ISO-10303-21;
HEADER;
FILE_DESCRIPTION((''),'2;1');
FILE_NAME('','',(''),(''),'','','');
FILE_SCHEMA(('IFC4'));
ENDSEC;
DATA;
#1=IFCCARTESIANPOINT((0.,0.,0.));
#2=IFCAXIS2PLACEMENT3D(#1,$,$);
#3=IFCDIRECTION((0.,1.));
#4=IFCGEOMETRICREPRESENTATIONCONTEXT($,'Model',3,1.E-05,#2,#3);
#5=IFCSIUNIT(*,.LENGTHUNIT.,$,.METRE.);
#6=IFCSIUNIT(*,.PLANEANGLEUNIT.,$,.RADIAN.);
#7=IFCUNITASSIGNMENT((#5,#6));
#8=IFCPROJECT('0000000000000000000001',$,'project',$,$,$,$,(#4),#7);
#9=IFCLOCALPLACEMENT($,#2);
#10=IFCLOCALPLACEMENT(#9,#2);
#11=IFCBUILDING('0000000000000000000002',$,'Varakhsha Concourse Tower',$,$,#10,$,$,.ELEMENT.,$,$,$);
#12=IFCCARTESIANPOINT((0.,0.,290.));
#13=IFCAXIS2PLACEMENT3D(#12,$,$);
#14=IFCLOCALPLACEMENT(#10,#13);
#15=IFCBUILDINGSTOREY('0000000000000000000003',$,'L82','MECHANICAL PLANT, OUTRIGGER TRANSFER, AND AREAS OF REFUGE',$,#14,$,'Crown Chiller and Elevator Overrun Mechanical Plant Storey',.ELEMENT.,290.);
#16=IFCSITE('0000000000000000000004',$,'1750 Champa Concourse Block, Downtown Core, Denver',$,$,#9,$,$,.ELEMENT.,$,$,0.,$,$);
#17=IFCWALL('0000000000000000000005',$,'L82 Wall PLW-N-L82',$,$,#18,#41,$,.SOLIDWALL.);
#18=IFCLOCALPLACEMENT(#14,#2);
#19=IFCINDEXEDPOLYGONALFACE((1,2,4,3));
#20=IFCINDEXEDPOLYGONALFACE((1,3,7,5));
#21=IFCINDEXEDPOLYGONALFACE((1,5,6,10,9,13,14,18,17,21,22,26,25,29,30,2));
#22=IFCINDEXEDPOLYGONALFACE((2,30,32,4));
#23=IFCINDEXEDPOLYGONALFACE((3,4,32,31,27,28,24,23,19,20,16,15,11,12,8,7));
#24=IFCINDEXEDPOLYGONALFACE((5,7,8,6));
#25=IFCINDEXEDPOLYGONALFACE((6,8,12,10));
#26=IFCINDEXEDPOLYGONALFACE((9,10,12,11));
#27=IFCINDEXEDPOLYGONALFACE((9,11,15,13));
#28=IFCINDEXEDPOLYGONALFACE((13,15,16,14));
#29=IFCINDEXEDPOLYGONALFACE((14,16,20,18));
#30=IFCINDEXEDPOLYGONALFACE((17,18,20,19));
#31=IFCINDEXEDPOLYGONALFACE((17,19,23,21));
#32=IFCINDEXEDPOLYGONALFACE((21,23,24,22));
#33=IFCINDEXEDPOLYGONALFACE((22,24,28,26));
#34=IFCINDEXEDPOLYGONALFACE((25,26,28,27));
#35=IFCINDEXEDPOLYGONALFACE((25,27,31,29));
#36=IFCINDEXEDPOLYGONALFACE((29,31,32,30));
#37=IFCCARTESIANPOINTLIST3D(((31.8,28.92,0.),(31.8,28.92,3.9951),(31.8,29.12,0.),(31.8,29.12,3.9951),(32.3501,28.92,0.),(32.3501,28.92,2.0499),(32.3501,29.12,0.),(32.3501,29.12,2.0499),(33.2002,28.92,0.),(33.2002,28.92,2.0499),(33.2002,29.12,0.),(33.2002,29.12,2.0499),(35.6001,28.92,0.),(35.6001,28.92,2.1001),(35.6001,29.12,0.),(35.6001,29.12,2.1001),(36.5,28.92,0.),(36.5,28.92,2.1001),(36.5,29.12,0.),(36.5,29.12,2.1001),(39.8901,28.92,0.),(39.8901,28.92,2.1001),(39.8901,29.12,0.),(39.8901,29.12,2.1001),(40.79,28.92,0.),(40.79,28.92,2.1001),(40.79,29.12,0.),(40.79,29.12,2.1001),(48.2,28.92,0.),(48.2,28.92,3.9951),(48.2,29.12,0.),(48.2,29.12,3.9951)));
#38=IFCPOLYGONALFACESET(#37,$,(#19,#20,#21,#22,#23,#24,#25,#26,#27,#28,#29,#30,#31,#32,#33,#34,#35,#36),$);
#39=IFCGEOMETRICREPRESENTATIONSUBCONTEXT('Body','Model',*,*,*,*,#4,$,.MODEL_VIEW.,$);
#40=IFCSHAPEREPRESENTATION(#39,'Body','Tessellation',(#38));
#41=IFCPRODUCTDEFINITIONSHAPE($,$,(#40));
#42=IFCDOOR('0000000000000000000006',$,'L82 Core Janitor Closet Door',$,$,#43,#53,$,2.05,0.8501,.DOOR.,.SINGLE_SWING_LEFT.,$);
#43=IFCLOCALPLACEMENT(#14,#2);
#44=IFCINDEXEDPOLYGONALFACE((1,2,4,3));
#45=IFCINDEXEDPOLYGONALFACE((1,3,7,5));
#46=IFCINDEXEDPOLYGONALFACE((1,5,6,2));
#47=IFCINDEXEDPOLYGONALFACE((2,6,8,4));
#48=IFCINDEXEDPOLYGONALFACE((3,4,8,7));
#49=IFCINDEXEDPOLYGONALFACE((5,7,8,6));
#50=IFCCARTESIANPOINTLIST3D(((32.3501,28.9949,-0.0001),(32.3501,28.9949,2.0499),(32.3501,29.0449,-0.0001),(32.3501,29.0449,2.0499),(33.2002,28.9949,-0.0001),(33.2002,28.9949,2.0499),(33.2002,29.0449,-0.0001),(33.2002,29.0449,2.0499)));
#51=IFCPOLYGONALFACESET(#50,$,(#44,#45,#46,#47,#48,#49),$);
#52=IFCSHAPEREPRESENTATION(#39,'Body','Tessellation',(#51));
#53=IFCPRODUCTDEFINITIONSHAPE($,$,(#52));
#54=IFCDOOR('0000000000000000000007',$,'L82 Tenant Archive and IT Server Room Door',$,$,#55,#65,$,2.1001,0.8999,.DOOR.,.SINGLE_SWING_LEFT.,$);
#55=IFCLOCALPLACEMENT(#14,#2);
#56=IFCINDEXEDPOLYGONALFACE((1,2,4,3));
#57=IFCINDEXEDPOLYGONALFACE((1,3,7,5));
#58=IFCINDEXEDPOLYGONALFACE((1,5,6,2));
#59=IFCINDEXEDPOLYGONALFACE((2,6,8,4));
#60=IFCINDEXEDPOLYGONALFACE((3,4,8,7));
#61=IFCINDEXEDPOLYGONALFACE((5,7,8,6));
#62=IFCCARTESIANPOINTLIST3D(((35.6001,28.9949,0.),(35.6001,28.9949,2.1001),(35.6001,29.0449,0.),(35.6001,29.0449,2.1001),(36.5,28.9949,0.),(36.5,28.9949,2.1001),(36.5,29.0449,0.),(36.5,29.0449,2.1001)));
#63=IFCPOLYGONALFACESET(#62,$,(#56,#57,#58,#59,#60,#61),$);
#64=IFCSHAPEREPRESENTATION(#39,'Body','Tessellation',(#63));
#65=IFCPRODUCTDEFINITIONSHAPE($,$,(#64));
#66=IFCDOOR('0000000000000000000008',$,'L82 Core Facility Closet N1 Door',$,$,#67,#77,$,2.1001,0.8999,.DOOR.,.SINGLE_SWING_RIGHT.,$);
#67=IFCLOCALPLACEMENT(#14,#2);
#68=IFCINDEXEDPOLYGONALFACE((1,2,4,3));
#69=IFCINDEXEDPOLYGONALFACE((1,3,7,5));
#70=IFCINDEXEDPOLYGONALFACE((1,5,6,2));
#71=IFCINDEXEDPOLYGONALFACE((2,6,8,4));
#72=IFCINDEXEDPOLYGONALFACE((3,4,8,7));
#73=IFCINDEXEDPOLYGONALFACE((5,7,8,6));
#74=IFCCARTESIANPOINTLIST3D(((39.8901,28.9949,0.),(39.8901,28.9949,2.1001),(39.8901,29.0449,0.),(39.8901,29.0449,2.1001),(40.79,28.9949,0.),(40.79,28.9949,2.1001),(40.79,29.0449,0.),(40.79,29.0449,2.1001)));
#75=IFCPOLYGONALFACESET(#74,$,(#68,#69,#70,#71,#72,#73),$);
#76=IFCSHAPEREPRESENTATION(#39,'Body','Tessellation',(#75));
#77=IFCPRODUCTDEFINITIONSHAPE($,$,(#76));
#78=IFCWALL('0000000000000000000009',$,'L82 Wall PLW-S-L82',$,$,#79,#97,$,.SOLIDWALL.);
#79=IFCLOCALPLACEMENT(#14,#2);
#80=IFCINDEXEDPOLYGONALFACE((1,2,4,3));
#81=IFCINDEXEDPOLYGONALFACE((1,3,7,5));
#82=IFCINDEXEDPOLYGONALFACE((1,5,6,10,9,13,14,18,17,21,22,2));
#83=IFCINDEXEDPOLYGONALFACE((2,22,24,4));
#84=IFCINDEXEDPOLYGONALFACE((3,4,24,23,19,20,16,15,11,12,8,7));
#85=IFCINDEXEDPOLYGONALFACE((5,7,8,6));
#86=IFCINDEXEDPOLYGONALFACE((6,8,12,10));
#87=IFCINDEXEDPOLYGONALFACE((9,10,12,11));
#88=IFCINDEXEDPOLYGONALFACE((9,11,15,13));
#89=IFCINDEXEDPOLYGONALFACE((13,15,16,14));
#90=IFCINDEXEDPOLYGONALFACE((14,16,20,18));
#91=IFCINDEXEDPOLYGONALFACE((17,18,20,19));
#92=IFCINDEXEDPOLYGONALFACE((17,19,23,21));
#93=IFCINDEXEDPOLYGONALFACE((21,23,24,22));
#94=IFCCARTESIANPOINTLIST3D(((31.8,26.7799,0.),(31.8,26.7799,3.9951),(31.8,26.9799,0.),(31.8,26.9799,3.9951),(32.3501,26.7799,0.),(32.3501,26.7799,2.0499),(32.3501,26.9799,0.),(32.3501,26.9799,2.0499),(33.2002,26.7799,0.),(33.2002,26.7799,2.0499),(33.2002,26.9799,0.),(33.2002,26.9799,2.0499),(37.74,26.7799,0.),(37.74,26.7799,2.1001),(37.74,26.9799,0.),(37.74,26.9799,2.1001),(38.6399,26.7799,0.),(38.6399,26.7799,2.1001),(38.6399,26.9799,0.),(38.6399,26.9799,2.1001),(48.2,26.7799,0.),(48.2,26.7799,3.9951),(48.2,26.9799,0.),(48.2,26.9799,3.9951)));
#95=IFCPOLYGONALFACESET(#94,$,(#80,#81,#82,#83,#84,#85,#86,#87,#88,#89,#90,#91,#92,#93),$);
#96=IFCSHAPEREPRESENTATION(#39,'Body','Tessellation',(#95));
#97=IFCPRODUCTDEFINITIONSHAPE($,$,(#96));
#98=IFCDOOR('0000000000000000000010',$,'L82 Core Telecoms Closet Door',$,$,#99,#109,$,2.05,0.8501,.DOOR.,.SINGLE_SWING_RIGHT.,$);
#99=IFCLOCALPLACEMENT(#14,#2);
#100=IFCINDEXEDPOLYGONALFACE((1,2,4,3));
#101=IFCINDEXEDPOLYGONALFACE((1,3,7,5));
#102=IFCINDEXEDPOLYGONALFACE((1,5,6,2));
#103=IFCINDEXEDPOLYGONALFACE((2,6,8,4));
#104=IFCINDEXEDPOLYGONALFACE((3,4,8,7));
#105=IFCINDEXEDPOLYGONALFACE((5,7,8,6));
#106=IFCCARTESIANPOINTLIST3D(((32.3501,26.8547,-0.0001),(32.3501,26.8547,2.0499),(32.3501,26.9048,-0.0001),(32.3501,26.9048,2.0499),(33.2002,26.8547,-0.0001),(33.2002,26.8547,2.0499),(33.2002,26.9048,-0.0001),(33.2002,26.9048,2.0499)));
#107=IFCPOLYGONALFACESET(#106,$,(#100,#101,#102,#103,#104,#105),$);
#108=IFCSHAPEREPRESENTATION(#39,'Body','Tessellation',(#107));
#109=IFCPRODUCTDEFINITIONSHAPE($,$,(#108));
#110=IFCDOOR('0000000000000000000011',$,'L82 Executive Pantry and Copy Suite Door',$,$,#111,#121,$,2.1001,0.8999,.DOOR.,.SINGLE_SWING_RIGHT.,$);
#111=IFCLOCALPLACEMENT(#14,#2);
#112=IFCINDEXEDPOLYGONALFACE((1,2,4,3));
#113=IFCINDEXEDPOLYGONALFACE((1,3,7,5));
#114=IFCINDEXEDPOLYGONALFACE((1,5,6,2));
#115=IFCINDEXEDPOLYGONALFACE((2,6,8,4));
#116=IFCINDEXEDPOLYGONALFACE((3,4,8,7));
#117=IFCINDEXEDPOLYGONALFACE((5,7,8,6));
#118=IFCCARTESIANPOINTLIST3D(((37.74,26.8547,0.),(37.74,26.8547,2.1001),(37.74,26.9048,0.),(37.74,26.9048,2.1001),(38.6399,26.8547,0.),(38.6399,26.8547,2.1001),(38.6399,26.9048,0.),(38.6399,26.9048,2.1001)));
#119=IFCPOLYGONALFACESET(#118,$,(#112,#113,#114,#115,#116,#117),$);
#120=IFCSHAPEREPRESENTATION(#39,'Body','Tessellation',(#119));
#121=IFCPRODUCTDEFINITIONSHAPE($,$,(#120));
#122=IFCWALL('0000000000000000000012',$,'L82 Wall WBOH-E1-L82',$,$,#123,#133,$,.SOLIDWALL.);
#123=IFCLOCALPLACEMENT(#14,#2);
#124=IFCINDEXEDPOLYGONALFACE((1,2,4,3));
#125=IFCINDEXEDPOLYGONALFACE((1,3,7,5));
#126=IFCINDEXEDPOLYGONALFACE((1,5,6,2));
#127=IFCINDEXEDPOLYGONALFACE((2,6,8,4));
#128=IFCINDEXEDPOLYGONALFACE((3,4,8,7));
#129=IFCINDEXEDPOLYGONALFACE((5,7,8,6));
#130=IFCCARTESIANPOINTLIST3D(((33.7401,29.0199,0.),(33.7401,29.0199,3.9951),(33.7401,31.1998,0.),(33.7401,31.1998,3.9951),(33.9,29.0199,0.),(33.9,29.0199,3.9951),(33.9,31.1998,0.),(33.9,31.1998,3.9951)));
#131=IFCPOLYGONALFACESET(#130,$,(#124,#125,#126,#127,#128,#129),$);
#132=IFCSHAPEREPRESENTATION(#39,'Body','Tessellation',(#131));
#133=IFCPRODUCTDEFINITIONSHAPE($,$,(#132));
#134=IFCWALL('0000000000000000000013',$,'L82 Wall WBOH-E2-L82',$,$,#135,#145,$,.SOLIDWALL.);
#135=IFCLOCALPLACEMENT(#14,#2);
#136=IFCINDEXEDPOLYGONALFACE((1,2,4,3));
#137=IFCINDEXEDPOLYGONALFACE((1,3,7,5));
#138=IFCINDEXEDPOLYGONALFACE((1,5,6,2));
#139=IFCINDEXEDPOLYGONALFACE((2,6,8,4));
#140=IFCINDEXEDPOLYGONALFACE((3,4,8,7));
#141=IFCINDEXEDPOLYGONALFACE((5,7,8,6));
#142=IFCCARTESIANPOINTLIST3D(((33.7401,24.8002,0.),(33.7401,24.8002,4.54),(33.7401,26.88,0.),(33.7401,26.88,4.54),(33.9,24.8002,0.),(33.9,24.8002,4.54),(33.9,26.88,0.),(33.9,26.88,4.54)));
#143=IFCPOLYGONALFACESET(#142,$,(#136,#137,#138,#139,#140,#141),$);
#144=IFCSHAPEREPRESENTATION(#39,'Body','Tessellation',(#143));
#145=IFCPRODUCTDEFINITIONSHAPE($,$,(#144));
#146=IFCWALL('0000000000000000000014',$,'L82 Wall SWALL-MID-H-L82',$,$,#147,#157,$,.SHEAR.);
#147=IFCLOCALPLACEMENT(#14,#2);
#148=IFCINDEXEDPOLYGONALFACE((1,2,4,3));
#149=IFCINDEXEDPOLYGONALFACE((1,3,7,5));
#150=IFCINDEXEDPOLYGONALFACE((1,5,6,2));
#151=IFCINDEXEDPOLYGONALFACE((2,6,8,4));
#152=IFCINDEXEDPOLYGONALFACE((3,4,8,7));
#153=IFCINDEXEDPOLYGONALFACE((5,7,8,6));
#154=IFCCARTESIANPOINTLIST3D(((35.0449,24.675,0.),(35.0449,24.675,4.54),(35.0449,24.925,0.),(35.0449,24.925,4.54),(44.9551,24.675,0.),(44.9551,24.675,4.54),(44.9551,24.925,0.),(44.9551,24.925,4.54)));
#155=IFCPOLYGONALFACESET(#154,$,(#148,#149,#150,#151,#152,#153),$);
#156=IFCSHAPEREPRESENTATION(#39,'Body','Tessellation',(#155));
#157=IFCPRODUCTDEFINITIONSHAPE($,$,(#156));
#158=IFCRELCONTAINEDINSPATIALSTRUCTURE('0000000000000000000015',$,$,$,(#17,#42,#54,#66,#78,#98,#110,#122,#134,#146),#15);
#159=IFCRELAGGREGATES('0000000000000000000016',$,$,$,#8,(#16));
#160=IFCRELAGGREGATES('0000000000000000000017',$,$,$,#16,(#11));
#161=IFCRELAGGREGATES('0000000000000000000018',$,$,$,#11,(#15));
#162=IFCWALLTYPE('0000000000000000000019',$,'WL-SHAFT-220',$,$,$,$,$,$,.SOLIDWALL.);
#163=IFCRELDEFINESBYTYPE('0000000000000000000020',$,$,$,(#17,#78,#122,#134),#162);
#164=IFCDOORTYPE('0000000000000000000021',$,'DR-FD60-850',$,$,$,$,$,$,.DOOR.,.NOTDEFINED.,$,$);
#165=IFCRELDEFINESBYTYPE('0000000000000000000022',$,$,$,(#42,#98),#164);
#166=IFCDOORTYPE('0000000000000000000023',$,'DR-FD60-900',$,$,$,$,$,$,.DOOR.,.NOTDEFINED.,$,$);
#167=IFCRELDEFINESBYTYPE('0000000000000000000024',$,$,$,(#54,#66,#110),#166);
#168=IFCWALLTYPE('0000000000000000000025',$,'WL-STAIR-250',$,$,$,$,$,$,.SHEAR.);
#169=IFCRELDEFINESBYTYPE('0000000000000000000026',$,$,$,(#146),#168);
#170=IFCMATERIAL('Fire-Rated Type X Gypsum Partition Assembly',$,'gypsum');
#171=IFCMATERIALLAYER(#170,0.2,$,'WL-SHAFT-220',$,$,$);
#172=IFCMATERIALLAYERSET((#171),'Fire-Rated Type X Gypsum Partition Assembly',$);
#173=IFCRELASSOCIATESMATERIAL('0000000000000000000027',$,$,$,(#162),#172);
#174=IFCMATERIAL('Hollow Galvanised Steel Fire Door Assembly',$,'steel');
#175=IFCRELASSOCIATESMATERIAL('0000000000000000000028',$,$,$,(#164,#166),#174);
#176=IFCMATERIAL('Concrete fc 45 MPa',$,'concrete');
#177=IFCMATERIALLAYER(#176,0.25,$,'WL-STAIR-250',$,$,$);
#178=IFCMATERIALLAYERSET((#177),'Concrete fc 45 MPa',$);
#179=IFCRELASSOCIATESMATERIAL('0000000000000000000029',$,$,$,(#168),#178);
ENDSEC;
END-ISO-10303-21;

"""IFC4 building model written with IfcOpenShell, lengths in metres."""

from ifc_helpers import new_model, si_unit, direction, frame, frame_2d, origin, place, context, subcontext, project, spatial, rectangle, extrude, material, layer, layer_set, type_object, element, fill, save


model = new_model("IFC4")

# Units and contexts
model_context = context("Model", 3, precision=1e-05, world=origin(), true_north=direction((0.0, 1.0)))
body_context = subcontext(model_context, "Body", "Model", "MODEL_VIEW")
ifc_project = project(units=[si_unit("LENGTHUNIT", "METRE"), si_unit("PLANEANGLEUNIT", "RADIAN")], contexts=[model_context])

# Site, building, storey
site_placement = place(None, origin())
site = spatial("IfcSite", under=ifc_project, at=site_placement, Name="1750 Champa Concourse Block, Downtown Core, Denver", CompositionType="ELEMENT", RefElevation=0.0)
building_placement = place(site_placement, origin())
building = spatial("IfcBuilding", under=site, at=building_placement, Name="Varakhsha Concourse Tower", CompositionType="ELEMENT")
storey_placement = place(building_placement, frame((0.0, 0.0, 290.0)))
storey = spatial("IfcBuildingStorey", under=building, at=storey_placement, Name="L82", Description="MECHANICAL PLANT, OUTRIGGER TRANSFER, AND AREAS OF REFUGE", LongName="Crown Chiller and Elevator Overrun Mechanical Plant Storey", CompositionType="ELEMENT", Elevation=290.0)

# Shared definitions
ifc_material_1 = material(Name="Fire-Rated Type X Gypsum Partition Assembly", Category="gypsum")

# Shared definitions
ifc_layer_1 = layer(ifc_material_1, 0.2, Name="WL-SHAFT-220")
ifc_layer_set_1 = layer_set([ifc_layer_1], Name="Fire-Rated Type X Gypsum Partition Assembly")
wall_type_1 = type_object("IfcWallType", Name="WL-SHAFT-220", PredefinedType="SOLIDWALL", material=ifc_layer_set_1)

# Walls, openings, doors
wall_1_placement = place(storey_placement, frame((31.8, 29.02, 0.0), z_axis=(0.0, 0.0, 1.0), x_axis=(1.0, 0.0, 0.0)))
wall_1 = element("IfcWall", 1, at=wall_1_placement, inside=storey, type_object=wall_type_1, Name="L82 Wall PLW-N-L82", PredefinedType="SOLIDWALL", context=body_context, shape_type="SweptSolid", body=[
    extrude(rectangle(XDim=16.3999, YDim=0.2, at=frame_2d((8.2, 0.0))), origin(), (0.0, 0.0, 1.0), 3.9951),
])
opening_1_placement = place(wall_1_placement, frame((0.55, 0.0, 0.0)))
opening_1 = element("IfcOpeningElement", 2, at=opening_1_placement, cuts=wall_1, PredefinedType="OPENING", context=body_context, shape_type="SweptSolid", body=[
    extrude(rectangle(XDim=0.8501, YDim=2.05, at=frame_2d((0.425, 1.0249))), frame((0.0, 0.1099, 0.0), z_axis=(0.0, -1.0, 0.0), x_axis=(1.0, 0.0, 0.0)), (0.0, 0.0, 1.0), 0.22),
])
opening_2_placement = place(wall_1_placement, frame((3.8, 0.0, 0.0)))
opening_2 = element("IfcOpeningElement", 3, at=opening_2_placement, cuts=wall_1, PredefinedType="OPENING", context=body_context, shape_type="SweptSolid", body=[
    extrude(rectangle(XDim=0.8999, YDim=2.1001, at=frame_2d((0.45, 1.05))), frame((0.0, 0.1099, 0.0), z_axis=(0.0, -1.0, 0.0), x_axis=(1.0, 0.0, 0.0)), (0.0, 0.0, 1.0), 0.22),
])
opening_3_placement = place(wall_1_placement, frame((8.0901, 0.0, 0.0)))
opening_3 = element("IfcOpeningElement", 4, at=opening_3_placement, cuts=wall_1, PredefinedType="OPENING", context=body_context, shape_type="SweptSolid", body=[
    extrude(rectangle(XDim=0.8999, YDim=2.1001, at=frame_2d((0.45, 1.05))), frame((0.0, 0.1099, 0.0), z_axis=(0.0, -1.0, 0.0), x_axis=(1.0, 0.0, 0.0)), (0.0, 0.0, 1.0), 0.22),
])
ifc_material_2 = material(Name="Hollow Galvanised Steel Fire Door Assembly", Category="steel")
door_type_1 = type_object("IfcDoorType", Name="DR-FD60-850", OperationType="NOTDEFINED", PredefinedType="DOOR", material=ifc_material_2)
door_1_placement = place(opening_1_placement, origin())
door_1 = element("IfcDoor", 5, at=door_1_placement, inside=storey, type_object=door_type_1, Name="L82 Core Janitor Closet Door", OperationType="SINGLE_SWING_LEFT", OverallHeight=2.05, OverallWidth=0.8501, PredefinedType="DOOR", context=body_context, shape_type="SweptSolid", body=[
    extrude(rectangle(XDim=0.8501, YDim=2.05, at=frame_2d((0.425, 1.0249))), frame((0.0, 0.0249, 0.0), z_axis=(0.0, -1.0, 0.0), x_axis=(1.0, 0.0, 0.0)), (0.0, 0.0, 1.0), 0.05),
])
fill(opening_1, door_1)
door_type_2 = type_object("IfcDoorType", Name="DR-FD60-900", OperationType="NOTDEFINED", PredefinedType="DOOR", material=ifc_material_2)
door_2_placement = place(opening_2_placement, origin())
door_2 = element("IfcDoor", 6, at=door_2_placement, inside=storey, type_object=door_type_2, Name="L82 Tenant Archive and IT Server Room Door", OperationType="SINGLE_SWING_LEFT", OverallHeight=2.1001, OverallWidth=0.8999, PredefinedType="DOOR", context=body_context, shape_type="SweptSolid", body=[
    extrude(rectangle(XDim=0.8999, YDim=2.1001, at=frame_2d((0.45, 1.05))), frame((0.0, 0.0249, 0.0), z_axis=(0.0, -1.0, 0.0), x_axis=(1.0, 0.0, 0.0)), (0.0, 0.0, 1.0), 0.05),
])
fill(opening_2, door_2)
door_3_placement = place(opening_3_placement, origin())
door_3 = element("IfcDoor", 7, at=door_3_placement, inside=storey, type_object=door_type_2, Name="L82 Core Facility Closet N1 Door", OperationType="SINGLE_SWING_RIGHT", OverallHeight=2.1001, OverallWidth=0.8999, PredefinedType="DOOR", context=body_context, shape_type="SweptSolid", body=[
    extrude(rectangle(XDim=0.8999, YDim=2.1001, at=frame_2d((0.45, 1.05))), frame((0.0, 0.0249, 0.0), z_axis=(0.0, -1.0, 0.0), x_axis=(1.0, 0.0, 0.0)), (0.0, 0.0, 1.0), 0.05),
])
fill(opening_3, door_3)
wall_2_placement = place(storey_placement, frame((31.8, 26.8799, 0.0), z_axis=(0.0, 0.0, 1.0), x_axis=(1.0, 0.0, 0.0)))
wall_2 = element("IfcWall", 8, at=wall_2_placement, inside=storey, type_object=wall_type_1, Name="L82 Wall PLW-S-L82", PredefinedType="SOLIDWALL", context=body_context, shape_type="SweptSolid", body=[
    extrude(rectangle(XDim=16.3999, YDim=0.2, at=frame_2d((8.2, 0.0))), origin(), (0.0, 0.0, 1.0), 3.9951),
])
opening_4_placement = place(wall_2_placement, frame((0.55, 0.0, 0.0)))
opening_4 = element("IfcOpeningElement", 9, at=opening_4_placement, cuts=wall_2, PredefinedType="OPENING", context=body_context, shape_type="SweptSolid", body=[
    extrude(rectangle(XDim=0.8501, YDim=2.05, at=frame_2d((0.425, 1.0249))), frame((0.0, 0.1099, 0.0), z_axis=(0.0, -1.0, 0.0), x_axis=(1.0, 0.0, 0.0)), (0.0, 0.0, 1.0), 0.22),
])
opening_5_placement = place(wall_2_placement, frame((5.9399, 0.0, 0.0)))
opening_5 = element("IfcOpeningElement", 10, at=opening_5_placement, cuts=wall_2, PredefinedType="OPENING", context=body_context, shape_type="SweptSolid", body=[
    extrude(rectangle(XDim=0.8999, YDim=2.1001, at=frame_2d((0.45, 1.05))), frame((0.0, 0.1099, 0.0), z_axis=(0.0, -1.0, 0.0), x_axis=(1.0, 0.0, 0.0)), (0.0, 0.0, 1.0), 0.22),
])
door_4_placement = place(opening_4_placement, origin())
door_4 = element("IfcDoor", 11, at=door_4_placement, inside=storey, type_object=door_type_1, Name="L82 Core Telecoms Closet Door", OperationType="SINGLE_SWING_RIGHT", OverallHeight=2.05, OverallWidth=0.8501, PredefinedType="DOOR", context=body_context, shape_type="SweptSolid", body=[
    extrude(rectangle(XDim=0.8501, YDim=2.05, at=frame_2d((0.425, 1.0249))), frame((0.0, 0.0249, 0.0), z_axis=(0.0, -1.0, 0.0), x_axis=(1.0, 0.0, 0.0)), (0.0, 0.0, 1.0), 0.05),
])
fill(opening_4, door_4)
door_5_placement = place(opening_5_placement, origin())
door_5 = element("IfcDoor", 12, at=door_5_placement, inside=storey, type_object=door_type_2, Name="L82 Executive Pantry and Copy Suite Door", OperationType="SINGLE_SWING_RIGHT", OverallHeight=2.1001, OverallWidth=0.8999, PredefinedType="DOOR", context=body_context, shape_type="SweptSolid", body=[
    extrude(rectangle(XDim=0.8999, YDim=2.1001, at=frame_2d((0.45, 1.05))), frame((0.0, 0.0249, 0.0), z_axis=(0.0, -1.0, 0.0), x_axis=(1.0, 0.0, 0.0)), (0.0, 0.0, 1.0), 0.05),
])
fill(opening_5, door_5)

# Walls
wall_3_placement = place(storey_placement, frame((33.8201, 29.02, 0.0), z_axis=(0.0, 0.0, 1.0), x_axis=(0.0, 1.0, 0.0)))
element("IfcWall", 13, at=wall_3_placement, inside=storey, type_object=wall_type_1, Name="L82 Wall WBOH-E1-L82", PredefinedType="SOLIDWALL", context=body_context, shape_type="SweptSolid", body=[
    extrude(rectangle(XDim=2.1799, YDim=0.1599, at=frame_2d((1.0898, 0.0))), origin(), (0.0, 0.0, 1.0), 3.9951),
])
wall_4_placement = place(storey_placement, frame((33.8201, 24.8, 0.0), z_axis=(0.0, 0.0, 1.0), x_axis=(0.0, 1.0, 0.0)))
element("IfcWall", 14, at=wall_4_placement, inside=storey, type_object=wall_type_1, Name="L82 Wall WBOH-E2-L82", PredefinedType="SOLIDWALL", context=body_context, shape_type="SweptSolid", body=[
    extrude(rectangle(XDim=2.0798, YDim=0.1599, at=frame_2d((1.04, 0.0))), origin(), (0.0, 0.0, 1.0), 4.54),
])
ifc_material_3 = material(Name="Concrete fc 45 MPa", Category="concrete")
ifc_layer_2 = layer(ifc_material_3, 0.25, Name="WL-STAIR-250")
ifc_layer_set_2 = layer_set([ifc_layer_2], Name="Concrete fc 45 MPa")
wall_type_2 = type_object("IfcWallType", Name="WL-STAIR-250", PredefinedType="SHEAR", material=ifc_layer_set_2)
wall_5_placement = place(storey_placement, frame((35.0449, 24.8, 0.0), z_axis=(0.0, 0.0, 1.0), x_axis=(1.0, 0.0, 0.0)))
element("IfcWall", 15, at=wall_5_placement, inside=storey, type_object=wall_type_2, Name="L82 Wall SWALL-MID-H-L82", PredefinedType="SHEAR", context=body_context, shape_type="SweptSolid", body=[
    extrude(rectangle(XDim=9.9102, YDim=0.25, at=frame_2d((4.9551, 0.0))), origin(), (0.0, 0.0, 1.0), 4.54),
])

save(model, "model.ifc")
